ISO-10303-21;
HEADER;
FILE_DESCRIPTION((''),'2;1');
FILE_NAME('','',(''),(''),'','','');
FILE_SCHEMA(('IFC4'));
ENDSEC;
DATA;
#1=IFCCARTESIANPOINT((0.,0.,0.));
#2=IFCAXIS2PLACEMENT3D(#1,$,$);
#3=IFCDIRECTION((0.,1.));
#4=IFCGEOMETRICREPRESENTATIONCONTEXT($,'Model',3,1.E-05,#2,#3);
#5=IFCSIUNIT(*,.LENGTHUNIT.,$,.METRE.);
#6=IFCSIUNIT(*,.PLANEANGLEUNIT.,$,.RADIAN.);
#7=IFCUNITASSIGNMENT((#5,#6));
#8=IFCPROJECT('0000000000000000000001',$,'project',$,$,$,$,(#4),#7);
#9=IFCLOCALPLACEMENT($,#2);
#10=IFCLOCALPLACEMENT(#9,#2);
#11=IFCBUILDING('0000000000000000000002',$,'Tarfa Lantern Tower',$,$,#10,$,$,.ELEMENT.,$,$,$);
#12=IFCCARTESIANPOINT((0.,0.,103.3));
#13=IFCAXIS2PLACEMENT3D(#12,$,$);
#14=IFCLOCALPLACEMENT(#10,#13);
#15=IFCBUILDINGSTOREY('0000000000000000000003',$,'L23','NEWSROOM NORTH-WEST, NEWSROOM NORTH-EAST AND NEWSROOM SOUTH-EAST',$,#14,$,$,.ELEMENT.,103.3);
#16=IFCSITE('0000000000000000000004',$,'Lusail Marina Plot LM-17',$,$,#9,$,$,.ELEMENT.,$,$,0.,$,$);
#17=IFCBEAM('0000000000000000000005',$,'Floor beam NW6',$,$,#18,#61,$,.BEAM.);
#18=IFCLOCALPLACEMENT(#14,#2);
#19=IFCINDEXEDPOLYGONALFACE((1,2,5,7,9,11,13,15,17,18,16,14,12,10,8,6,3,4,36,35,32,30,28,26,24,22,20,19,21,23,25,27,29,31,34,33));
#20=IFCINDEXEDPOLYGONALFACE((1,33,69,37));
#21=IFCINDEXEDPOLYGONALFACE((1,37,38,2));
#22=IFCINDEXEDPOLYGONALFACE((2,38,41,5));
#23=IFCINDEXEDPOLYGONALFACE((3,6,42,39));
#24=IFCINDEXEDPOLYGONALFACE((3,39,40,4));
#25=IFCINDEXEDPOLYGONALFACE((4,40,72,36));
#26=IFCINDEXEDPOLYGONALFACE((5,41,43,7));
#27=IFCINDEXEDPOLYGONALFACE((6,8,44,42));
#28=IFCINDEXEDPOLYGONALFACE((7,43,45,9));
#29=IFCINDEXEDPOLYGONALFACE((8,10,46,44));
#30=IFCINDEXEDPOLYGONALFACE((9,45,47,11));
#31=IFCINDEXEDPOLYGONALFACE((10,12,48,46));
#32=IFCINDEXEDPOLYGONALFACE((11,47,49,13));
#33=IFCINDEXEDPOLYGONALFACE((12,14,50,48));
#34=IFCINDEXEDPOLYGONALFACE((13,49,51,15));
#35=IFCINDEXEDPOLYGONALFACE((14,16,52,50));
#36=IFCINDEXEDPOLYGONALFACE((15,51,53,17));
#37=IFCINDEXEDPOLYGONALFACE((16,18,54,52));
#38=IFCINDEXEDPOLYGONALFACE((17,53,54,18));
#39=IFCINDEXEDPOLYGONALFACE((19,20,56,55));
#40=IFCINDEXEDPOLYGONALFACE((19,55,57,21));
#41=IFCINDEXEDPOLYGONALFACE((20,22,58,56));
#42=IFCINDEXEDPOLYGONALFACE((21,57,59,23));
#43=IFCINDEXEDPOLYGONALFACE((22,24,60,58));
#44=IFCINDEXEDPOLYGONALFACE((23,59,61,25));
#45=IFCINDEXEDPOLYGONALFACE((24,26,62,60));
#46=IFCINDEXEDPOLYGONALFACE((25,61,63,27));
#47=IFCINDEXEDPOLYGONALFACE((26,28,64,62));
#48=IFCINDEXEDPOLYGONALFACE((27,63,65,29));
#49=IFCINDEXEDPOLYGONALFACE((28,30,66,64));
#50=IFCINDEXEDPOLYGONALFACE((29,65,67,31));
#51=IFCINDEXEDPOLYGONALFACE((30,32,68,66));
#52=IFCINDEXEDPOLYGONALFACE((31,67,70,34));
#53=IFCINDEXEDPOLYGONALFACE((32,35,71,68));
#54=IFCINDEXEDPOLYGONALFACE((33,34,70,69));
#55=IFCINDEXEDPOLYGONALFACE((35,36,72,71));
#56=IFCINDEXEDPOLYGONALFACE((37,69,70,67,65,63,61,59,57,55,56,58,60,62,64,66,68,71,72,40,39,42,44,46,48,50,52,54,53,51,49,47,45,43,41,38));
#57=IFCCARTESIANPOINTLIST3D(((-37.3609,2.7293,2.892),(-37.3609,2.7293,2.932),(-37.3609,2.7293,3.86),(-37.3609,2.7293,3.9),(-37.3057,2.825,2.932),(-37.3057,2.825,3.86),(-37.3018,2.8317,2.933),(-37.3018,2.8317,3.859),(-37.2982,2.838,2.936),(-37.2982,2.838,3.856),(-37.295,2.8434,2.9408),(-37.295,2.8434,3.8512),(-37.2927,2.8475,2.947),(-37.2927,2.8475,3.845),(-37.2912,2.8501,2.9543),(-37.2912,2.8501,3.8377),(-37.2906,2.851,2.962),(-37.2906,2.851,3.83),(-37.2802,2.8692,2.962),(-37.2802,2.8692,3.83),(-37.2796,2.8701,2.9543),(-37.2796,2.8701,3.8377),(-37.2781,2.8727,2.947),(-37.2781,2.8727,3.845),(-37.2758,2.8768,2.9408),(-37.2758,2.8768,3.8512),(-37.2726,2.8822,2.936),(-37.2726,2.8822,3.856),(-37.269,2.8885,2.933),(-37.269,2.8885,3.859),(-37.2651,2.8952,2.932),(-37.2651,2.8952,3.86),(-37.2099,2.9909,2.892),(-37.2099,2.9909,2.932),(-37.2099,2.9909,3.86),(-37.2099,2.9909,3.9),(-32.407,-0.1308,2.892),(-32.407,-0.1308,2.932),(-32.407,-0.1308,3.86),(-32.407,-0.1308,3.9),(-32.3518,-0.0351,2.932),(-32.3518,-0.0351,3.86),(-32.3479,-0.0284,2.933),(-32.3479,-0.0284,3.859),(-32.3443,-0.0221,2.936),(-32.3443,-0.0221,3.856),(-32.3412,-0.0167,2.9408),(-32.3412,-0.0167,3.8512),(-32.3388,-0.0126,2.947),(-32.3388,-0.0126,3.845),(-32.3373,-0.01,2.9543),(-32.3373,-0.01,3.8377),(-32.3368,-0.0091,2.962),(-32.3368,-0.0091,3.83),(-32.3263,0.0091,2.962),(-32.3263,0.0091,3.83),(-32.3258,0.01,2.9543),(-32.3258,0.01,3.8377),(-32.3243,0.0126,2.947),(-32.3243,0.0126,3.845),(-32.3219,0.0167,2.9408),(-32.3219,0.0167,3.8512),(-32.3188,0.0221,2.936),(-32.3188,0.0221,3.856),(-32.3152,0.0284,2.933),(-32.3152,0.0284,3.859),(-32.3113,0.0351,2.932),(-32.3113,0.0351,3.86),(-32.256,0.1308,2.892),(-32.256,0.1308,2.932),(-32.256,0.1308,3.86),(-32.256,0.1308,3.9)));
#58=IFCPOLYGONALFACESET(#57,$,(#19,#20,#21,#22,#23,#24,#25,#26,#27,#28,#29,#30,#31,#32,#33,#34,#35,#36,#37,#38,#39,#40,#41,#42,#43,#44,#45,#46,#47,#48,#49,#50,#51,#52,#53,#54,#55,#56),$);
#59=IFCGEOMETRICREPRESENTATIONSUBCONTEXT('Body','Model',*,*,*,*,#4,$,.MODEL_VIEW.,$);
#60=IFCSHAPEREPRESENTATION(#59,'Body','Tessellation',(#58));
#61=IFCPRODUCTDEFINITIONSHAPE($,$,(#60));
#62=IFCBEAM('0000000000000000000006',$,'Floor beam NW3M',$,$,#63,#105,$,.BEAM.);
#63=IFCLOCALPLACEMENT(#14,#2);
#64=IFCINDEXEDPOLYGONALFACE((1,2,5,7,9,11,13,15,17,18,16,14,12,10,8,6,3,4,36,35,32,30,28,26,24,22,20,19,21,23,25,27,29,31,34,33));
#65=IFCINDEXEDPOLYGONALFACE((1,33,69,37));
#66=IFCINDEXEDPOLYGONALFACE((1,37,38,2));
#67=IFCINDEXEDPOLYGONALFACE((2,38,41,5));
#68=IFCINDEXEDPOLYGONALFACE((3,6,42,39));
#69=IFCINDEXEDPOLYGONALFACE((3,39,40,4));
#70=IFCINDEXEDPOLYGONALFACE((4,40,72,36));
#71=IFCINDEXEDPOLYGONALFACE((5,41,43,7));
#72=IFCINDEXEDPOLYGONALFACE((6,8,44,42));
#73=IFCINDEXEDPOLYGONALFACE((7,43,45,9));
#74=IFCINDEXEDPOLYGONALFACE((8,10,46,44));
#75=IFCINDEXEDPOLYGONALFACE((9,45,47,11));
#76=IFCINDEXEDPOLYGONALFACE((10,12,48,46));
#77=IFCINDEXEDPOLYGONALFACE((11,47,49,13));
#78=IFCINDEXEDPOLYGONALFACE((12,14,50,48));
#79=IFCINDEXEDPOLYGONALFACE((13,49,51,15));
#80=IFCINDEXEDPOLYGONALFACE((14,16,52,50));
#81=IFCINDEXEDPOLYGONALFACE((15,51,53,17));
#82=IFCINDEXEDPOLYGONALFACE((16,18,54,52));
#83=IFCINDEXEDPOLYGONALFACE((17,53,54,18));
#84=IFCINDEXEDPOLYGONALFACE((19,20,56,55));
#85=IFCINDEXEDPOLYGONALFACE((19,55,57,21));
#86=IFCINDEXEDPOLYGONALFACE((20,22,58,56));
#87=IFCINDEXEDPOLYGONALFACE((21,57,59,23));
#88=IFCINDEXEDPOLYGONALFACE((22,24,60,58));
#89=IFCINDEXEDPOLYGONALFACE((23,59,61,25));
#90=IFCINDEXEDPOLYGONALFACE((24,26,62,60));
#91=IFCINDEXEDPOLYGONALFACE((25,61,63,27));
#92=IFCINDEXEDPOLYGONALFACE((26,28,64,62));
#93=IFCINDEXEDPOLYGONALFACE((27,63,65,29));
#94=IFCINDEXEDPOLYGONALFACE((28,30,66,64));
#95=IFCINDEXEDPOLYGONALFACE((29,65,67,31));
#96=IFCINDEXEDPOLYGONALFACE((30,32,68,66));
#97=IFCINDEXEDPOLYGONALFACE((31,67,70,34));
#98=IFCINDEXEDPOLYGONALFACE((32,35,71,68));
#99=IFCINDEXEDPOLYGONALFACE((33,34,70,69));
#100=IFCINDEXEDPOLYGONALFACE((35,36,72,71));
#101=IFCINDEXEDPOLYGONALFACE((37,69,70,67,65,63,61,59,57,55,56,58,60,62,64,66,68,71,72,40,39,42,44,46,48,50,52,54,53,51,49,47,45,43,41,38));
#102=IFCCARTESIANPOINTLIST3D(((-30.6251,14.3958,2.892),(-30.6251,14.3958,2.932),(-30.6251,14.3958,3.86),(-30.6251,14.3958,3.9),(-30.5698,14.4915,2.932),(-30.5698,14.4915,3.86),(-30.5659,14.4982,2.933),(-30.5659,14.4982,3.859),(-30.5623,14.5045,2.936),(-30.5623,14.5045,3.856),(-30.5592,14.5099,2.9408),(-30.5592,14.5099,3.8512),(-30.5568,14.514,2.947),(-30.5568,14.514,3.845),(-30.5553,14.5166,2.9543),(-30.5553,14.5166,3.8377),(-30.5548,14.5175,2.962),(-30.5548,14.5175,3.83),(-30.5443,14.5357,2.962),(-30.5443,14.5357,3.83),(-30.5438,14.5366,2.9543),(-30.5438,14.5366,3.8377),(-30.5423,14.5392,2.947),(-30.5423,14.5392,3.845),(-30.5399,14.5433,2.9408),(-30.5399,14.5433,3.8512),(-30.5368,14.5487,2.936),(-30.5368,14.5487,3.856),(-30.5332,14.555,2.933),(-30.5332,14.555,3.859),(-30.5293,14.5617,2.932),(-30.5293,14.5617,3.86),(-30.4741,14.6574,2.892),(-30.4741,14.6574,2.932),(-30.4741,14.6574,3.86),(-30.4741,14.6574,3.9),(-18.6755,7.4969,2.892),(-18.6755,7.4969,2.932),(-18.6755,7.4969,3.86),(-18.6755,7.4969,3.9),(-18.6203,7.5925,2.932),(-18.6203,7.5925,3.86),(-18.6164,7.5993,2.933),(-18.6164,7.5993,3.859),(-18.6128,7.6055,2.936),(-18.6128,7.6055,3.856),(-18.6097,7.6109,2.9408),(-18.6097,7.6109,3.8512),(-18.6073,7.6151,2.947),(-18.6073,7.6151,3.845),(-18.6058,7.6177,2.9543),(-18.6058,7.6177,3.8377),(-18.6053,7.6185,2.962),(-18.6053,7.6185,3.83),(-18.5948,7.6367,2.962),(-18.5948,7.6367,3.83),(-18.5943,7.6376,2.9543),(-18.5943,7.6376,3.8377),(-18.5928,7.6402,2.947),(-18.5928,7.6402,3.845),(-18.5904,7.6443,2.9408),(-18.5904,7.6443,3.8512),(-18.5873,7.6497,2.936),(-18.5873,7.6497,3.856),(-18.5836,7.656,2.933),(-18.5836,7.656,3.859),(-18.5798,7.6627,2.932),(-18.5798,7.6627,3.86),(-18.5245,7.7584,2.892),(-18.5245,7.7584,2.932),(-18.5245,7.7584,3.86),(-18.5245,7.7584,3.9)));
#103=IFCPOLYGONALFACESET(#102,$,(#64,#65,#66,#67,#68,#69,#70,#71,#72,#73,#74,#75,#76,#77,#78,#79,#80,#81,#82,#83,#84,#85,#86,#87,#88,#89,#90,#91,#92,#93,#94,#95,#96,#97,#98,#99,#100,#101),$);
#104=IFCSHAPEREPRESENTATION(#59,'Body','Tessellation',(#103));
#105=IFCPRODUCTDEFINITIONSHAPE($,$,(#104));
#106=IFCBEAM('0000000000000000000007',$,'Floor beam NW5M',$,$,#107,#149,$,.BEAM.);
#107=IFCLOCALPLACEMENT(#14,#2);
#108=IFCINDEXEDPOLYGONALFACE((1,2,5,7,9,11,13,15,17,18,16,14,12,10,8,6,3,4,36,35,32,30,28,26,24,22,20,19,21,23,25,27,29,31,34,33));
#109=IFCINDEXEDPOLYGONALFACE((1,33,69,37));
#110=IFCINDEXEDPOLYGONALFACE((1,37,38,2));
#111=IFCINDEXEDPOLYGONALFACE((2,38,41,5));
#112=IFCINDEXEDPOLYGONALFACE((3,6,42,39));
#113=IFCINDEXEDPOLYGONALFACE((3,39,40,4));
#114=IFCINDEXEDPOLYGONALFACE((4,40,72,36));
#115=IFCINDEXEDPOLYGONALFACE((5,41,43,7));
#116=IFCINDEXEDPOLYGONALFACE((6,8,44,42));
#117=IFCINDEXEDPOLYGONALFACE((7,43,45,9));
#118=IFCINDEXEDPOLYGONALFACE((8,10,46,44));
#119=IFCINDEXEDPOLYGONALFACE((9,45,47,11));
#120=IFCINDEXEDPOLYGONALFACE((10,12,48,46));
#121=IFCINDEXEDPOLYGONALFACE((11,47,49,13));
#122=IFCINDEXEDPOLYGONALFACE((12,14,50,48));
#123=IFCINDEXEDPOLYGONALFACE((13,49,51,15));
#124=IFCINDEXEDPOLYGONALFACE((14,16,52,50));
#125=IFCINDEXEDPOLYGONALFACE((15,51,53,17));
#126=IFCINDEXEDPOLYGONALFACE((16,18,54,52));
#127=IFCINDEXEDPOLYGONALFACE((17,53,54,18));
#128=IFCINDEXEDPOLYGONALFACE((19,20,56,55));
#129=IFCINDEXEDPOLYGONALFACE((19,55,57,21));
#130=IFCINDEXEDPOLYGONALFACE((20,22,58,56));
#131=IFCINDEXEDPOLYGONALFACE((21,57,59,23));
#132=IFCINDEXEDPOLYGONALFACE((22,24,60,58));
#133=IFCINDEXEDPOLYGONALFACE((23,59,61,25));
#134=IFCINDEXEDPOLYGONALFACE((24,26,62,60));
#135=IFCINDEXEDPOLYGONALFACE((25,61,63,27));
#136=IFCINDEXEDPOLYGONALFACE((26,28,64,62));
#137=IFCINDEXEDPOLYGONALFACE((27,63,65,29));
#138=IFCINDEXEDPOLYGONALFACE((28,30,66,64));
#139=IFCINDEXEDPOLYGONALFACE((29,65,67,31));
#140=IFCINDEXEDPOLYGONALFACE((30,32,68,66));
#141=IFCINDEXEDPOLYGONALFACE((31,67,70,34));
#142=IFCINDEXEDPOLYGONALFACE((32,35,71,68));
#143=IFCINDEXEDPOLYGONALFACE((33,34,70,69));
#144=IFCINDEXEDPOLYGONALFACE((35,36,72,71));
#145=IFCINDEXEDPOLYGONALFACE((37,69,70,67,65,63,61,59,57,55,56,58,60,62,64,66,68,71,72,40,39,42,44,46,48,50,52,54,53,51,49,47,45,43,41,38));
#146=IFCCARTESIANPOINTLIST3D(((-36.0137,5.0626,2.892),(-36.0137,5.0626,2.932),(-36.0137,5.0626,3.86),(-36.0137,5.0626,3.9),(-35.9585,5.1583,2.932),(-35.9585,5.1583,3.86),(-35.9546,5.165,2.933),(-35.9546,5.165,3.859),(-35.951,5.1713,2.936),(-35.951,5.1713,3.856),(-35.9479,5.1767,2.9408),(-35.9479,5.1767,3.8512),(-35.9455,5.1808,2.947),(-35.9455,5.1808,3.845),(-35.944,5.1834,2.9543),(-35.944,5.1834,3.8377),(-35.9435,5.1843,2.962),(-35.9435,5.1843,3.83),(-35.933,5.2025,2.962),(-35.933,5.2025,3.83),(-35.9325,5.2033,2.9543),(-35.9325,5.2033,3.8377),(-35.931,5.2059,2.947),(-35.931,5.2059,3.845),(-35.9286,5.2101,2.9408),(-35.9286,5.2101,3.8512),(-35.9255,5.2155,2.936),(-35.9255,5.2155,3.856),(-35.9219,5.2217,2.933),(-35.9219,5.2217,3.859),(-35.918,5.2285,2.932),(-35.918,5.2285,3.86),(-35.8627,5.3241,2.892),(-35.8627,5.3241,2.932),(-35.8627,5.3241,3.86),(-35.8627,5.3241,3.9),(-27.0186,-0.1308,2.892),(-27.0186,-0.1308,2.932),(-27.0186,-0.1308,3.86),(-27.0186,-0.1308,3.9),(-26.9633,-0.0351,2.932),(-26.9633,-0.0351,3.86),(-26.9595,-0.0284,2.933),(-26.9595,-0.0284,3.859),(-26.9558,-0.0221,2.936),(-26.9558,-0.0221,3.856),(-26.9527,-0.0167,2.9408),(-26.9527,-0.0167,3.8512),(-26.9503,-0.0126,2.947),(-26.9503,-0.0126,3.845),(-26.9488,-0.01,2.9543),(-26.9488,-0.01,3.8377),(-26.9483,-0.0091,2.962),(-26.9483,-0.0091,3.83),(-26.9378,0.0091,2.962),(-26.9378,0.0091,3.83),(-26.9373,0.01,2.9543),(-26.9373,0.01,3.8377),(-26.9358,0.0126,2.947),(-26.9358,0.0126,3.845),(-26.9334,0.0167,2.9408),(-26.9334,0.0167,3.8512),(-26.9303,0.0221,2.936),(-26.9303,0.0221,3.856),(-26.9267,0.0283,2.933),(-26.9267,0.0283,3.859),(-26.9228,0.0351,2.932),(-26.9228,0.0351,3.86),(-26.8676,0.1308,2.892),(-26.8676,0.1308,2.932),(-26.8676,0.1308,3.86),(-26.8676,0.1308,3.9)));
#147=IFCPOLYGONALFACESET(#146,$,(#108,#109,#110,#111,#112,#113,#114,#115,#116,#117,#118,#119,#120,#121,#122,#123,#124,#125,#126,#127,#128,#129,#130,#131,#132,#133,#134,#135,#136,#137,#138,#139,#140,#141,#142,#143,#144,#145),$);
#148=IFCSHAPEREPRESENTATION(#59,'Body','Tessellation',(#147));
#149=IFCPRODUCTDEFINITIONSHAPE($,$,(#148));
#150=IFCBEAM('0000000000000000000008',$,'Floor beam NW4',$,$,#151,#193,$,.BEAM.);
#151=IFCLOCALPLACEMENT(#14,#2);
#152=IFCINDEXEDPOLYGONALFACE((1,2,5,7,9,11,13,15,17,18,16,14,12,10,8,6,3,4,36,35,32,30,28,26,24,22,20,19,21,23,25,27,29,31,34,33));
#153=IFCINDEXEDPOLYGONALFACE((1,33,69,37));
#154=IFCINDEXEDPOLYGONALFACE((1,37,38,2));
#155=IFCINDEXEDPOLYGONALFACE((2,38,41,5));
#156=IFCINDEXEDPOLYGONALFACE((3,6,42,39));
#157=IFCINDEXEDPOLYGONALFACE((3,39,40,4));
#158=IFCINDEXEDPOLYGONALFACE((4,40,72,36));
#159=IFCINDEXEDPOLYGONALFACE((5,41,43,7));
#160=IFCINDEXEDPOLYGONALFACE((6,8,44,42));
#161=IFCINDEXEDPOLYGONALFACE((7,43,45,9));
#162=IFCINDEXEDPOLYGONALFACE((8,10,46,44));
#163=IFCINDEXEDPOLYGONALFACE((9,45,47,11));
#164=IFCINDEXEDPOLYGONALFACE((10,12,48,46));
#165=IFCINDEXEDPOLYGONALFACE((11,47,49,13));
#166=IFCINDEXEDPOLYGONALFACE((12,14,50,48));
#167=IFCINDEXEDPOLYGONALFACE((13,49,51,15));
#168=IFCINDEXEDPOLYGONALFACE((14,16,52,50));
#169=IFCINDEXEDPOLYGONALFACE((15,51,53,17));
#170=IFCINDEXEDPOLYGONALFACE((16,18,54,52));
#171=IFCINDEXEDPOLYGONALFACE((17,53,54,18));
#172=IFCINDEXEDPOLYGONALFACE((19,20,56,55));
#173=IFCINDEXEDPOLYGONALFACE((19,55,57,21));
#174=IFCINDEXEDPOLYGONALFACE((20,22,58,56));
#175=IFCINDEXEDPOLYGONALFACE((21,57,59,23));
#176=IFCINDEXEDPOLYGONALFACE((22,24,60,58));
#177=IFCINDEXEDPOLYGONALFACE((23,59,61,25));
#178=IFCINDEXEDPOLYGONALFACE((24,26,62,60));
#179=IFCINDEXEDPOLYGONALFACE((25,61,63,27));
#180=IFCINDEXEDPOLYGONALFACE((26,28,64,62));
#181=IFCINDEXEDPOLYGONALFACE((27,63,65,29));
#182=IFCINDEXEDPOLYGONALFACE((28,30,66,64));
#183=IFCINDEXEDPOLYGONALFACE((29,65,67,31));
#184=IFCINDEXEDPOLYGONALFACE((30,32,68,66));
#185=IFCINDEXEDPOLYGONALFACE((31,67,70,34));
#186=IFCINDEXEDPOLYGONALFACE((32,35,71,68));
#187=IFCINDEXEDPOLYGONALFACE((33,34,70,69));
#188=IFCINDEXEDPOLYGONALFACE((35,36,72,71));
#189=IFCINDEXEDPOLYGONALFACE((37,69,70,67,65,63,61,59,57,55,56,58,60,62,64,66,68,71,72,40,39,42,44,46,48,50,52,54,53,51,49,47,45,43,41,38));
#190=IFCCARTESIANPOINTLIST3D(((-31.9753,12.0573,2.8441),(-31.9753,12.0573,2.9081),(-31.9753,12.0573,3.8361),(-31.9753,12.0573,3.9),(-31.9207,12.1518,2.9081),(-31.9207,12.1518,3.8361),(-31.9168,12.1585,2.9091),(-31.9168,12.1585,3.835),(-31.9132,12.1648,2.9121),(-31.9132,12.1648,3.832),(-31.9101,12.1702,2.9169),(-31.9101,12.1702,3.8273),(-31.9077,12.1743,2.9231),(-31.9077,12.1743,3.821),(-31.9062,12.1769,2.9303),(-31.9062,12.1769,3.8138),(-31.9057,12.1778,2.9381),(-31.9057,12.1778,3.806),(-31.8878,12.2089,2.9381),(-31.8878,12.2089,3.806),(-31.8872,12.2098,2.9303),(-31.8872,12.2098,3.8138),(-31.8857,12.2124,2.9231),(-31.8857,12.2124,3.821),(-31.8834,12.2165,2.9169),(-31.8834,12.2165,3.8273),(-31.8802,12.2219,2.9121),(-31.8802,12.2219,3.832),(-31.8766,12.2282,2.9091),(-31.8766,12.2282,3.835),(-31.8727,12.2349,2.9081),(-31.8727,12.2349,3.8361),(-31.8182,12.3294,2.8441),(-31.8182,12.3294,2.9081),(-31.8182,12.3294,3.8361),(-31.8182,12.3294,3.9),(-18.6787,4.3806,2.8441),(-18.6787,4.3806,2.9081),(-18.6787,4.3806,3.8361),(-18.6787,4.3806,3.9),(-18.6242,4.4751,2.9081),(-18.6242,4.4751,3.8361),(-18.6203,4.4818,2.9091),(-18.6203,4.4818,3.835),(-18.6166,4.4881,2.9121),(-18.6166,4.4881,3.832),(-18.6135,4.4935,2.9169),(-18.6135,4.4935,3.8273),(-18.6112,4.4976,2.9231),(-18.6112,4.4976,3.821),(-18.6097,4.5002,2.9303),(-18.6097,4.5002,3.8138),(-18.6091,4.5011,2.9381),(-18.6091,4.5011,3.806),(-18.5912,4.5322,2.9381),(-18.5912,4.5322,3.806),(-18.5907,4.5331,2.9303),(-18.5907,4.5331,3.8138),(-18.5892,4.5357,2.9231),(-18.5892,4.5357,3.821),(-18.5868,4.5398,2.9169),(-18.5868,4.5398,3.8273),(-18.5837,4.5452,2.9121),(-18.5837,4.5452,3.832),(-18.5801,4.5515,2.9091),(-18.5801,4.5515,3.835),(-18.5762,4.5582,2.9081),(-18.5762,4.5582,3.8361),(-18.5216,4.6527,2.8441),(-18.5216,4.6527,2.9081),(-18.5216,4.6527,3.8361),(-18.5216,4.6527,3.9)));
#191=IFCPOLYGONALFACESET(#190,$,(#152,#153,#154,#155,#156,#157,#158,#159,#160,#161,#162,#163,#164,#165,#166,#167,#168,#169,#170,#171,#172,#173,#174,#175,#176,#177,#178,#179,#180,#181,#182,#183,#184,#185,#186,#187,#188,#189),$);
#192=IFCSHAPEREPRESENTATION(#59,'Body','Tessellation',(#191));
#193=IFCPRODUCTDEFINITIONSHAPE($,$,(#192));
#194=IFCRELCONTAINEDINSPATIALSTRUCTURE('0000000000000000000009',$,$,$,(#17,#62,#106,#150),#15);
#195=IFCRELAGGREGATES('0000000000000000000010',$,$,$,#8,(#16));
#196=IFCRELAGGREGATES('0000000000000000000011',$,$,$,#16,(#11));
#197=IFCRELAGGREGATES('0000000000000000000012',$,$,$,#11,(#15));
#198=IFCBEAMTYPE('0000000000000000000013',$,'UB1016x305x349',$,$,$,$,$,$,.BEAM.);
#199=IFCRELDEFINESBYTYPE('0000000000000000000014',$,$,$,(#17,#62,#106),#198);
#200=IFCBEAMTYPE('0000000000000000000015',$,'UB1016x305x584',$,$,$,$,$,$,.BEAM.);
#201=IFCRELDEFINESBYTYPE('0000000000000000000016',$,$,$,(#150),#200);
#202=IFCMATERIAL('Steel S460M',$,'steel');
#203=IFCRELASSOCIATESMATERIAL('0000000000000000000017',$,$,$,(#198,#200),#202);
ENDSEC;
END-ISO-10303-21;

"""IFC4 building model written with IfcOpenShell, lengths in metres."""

from ifc_helpers import new_model, si_unit, direction, frame, origin, origin_2d, place, context, subcontext, project, spatial, i_section, extrude, material, material_profile, profile_set, type_object, element, save


model = new_model("IFC4")

# Units and contexts
model_context = context("Model", 3, precision=1e-05, world=origin(), true_north=direction((0.0, 1.0)))
body_context = subcontext(model_context, "Body", "Model", "MODEL_VIEW")
ifc_project = project(units=[si_unit("LENGTHUNIT", "METRE"), si_unit("PLANEANGLEUNIT", "RADIAN")], contexts=[model_context])

# Site, building, storey
site_placement = place(None, origin())
site = spatial("IfcSite", under=ifc_project, at=site_placement, Name="Lusail Marina Plot LM-17", CompositionType="ELEMENT", RefElevation=0.0)
building_placement = place(site_placement, origin())
building = spatial("IfcBuilding", under=site, at=building_placement, Name="Tarfa Lantern Tower", CompositionType="ELEMENT")
storey_placement = place(building_placement, frame((0.0, 0.0, 103.3)))
storey = spatial("IfcBuildingStorey", under=building, at=storey_placement, Name="L23", Description="NEWSROOM NORTH-WEST, NEWSROOM NORTH-EAST AND NEWSROOM SOUTH-EAST", CompositionType="ELEMENT", Elevation=103.3)

# Beams
ifc_material_1 = material(Name="Steel S460M", Category="steel")
ifc_material_profile_1 = material_profile(ifc_material_1, i_section(OverallWidth=0.302, OverallDepth=1.0081, WebThickness=0.021, FlangeThickness=0.04, FilletRadius=0.03, at=origin_2d()), Name="UB1016x305x349")
ifc_profile_set_1 = profile_set([ifc_material_profile_1], Name="Steel S460M")
beam_type_1 = type_object("IfcBeamType", Name="UB1016x305x349", PredefinedType="BEAM", material=ifc_profile_set_1)
beam_1_placement = place(storey_placement, frame((-37.2854, 2.8601, 3.396), z_axis=(0.866026, -0.5, 0.0), x_axis=(0.5, 0.866026, 0.0)))
element("IfcBeam", 1, at=beam_1_placement, inside=storey, type_object=beam_type_1, Name="Floor beam NW6", PredefinedType="BEAM", context=body_context, shape_type="SweptSolid", body=[
    extrude(i_section(OverallWidth=0.302, OverallDepth=1.0081, WebThickness=0.021, FlangeThickness=0.04, FilletRadius=0.03, at=origin_2d()), origin(), (0.0, 0.0, 1.0), 5.7202),
])
beam_2_placement = place(storey_placement, frame((-30.5496, 14.5266, 3.396), z_axis=(0.866029, -0.499995, 0.0), x_axis=(0.499995, 0.866029, 0.0)))
element("IfcBeam", 2, at=beam_2_placement, inside=storey, type_object=beam_type_1, Name="Floor beam NW3M", PredefinedType="BEAM", context=body_context, shape_type="SweptSolid", body=[
    extrude(i_section(OverallWidth=0.302, OverallDepth=1.0081, WebThickness=0.021, FlangeThickness=0.04, FilletRadius=0.03, at=origin_2d()), origin(), (0.0, 0.0, 1.0), 13.7981),
])
beam_3_placement = place(storey_placement, frame((-35.9382, 5.1934, 3.396), z_axis=(0.866024, -0.500002, 0.0), x_axis=(0.500002, 0.866024, 0.0)))
element("IfcBeam", 3, at=beam_3_placement, inside=storey, type_object=beam_type_1, Name="Floor beam NW5M", PredefinedType="BEAM", context=body_context, shape_type="SweptSolid", body=[
    extrude(i_section(OverallWidth=0.302, OverallDepth=1.0081, WebThickness=0.021, FlangeThickness=0.04, FilletRadius=0.03, at=origin_2d()), origin(), (0.0, 0.0, 1.0), 10.3867),
])
ifc_material_profile_2 = material_profile(ifc_material_1, i_section(OverallWidth=0.3142, OverallDepth=1.0559, WebThickness=0.0359, FlangeThickness=0.064, FilletRadius=0.03, at=origin_2d()), Name="UB1016x305x584")
ifc_profile_set_2 = profile_set([ifc_material_profile_2], Name="Steel S460M")
beam_type_2 = type_object("IfcBeamType", Name="UB1016x305x584", PredefinedType="BEAM", material=ifc_profile_set_2)
beam_4_placement = place(storey_placement, frame((-31.8967, 12.1934, 3.3721), z_axis=(0.866027, -0.499997, 0.0), x_axis=(0.499997, 0.866027, 0.0)))
element("IfcBeam", 4, at=beam_4_placement, inside=storey, type_object=beam_type_2, Name="Floor beam NW4", PredefinedType="BEAM", context=body_context, shape_type="SweptSolid", body=[
    extrude(i_section(OverallWidth=0.3142, OverallDepth=1.0559, WebThickness=0.0359, FlangeThickness=0.064, FilletRadius=0.03, at=origin_2d()), origin(), (0.0, 0.0, 1.0), 15.3535),
])

save(model, "model.ifc")
